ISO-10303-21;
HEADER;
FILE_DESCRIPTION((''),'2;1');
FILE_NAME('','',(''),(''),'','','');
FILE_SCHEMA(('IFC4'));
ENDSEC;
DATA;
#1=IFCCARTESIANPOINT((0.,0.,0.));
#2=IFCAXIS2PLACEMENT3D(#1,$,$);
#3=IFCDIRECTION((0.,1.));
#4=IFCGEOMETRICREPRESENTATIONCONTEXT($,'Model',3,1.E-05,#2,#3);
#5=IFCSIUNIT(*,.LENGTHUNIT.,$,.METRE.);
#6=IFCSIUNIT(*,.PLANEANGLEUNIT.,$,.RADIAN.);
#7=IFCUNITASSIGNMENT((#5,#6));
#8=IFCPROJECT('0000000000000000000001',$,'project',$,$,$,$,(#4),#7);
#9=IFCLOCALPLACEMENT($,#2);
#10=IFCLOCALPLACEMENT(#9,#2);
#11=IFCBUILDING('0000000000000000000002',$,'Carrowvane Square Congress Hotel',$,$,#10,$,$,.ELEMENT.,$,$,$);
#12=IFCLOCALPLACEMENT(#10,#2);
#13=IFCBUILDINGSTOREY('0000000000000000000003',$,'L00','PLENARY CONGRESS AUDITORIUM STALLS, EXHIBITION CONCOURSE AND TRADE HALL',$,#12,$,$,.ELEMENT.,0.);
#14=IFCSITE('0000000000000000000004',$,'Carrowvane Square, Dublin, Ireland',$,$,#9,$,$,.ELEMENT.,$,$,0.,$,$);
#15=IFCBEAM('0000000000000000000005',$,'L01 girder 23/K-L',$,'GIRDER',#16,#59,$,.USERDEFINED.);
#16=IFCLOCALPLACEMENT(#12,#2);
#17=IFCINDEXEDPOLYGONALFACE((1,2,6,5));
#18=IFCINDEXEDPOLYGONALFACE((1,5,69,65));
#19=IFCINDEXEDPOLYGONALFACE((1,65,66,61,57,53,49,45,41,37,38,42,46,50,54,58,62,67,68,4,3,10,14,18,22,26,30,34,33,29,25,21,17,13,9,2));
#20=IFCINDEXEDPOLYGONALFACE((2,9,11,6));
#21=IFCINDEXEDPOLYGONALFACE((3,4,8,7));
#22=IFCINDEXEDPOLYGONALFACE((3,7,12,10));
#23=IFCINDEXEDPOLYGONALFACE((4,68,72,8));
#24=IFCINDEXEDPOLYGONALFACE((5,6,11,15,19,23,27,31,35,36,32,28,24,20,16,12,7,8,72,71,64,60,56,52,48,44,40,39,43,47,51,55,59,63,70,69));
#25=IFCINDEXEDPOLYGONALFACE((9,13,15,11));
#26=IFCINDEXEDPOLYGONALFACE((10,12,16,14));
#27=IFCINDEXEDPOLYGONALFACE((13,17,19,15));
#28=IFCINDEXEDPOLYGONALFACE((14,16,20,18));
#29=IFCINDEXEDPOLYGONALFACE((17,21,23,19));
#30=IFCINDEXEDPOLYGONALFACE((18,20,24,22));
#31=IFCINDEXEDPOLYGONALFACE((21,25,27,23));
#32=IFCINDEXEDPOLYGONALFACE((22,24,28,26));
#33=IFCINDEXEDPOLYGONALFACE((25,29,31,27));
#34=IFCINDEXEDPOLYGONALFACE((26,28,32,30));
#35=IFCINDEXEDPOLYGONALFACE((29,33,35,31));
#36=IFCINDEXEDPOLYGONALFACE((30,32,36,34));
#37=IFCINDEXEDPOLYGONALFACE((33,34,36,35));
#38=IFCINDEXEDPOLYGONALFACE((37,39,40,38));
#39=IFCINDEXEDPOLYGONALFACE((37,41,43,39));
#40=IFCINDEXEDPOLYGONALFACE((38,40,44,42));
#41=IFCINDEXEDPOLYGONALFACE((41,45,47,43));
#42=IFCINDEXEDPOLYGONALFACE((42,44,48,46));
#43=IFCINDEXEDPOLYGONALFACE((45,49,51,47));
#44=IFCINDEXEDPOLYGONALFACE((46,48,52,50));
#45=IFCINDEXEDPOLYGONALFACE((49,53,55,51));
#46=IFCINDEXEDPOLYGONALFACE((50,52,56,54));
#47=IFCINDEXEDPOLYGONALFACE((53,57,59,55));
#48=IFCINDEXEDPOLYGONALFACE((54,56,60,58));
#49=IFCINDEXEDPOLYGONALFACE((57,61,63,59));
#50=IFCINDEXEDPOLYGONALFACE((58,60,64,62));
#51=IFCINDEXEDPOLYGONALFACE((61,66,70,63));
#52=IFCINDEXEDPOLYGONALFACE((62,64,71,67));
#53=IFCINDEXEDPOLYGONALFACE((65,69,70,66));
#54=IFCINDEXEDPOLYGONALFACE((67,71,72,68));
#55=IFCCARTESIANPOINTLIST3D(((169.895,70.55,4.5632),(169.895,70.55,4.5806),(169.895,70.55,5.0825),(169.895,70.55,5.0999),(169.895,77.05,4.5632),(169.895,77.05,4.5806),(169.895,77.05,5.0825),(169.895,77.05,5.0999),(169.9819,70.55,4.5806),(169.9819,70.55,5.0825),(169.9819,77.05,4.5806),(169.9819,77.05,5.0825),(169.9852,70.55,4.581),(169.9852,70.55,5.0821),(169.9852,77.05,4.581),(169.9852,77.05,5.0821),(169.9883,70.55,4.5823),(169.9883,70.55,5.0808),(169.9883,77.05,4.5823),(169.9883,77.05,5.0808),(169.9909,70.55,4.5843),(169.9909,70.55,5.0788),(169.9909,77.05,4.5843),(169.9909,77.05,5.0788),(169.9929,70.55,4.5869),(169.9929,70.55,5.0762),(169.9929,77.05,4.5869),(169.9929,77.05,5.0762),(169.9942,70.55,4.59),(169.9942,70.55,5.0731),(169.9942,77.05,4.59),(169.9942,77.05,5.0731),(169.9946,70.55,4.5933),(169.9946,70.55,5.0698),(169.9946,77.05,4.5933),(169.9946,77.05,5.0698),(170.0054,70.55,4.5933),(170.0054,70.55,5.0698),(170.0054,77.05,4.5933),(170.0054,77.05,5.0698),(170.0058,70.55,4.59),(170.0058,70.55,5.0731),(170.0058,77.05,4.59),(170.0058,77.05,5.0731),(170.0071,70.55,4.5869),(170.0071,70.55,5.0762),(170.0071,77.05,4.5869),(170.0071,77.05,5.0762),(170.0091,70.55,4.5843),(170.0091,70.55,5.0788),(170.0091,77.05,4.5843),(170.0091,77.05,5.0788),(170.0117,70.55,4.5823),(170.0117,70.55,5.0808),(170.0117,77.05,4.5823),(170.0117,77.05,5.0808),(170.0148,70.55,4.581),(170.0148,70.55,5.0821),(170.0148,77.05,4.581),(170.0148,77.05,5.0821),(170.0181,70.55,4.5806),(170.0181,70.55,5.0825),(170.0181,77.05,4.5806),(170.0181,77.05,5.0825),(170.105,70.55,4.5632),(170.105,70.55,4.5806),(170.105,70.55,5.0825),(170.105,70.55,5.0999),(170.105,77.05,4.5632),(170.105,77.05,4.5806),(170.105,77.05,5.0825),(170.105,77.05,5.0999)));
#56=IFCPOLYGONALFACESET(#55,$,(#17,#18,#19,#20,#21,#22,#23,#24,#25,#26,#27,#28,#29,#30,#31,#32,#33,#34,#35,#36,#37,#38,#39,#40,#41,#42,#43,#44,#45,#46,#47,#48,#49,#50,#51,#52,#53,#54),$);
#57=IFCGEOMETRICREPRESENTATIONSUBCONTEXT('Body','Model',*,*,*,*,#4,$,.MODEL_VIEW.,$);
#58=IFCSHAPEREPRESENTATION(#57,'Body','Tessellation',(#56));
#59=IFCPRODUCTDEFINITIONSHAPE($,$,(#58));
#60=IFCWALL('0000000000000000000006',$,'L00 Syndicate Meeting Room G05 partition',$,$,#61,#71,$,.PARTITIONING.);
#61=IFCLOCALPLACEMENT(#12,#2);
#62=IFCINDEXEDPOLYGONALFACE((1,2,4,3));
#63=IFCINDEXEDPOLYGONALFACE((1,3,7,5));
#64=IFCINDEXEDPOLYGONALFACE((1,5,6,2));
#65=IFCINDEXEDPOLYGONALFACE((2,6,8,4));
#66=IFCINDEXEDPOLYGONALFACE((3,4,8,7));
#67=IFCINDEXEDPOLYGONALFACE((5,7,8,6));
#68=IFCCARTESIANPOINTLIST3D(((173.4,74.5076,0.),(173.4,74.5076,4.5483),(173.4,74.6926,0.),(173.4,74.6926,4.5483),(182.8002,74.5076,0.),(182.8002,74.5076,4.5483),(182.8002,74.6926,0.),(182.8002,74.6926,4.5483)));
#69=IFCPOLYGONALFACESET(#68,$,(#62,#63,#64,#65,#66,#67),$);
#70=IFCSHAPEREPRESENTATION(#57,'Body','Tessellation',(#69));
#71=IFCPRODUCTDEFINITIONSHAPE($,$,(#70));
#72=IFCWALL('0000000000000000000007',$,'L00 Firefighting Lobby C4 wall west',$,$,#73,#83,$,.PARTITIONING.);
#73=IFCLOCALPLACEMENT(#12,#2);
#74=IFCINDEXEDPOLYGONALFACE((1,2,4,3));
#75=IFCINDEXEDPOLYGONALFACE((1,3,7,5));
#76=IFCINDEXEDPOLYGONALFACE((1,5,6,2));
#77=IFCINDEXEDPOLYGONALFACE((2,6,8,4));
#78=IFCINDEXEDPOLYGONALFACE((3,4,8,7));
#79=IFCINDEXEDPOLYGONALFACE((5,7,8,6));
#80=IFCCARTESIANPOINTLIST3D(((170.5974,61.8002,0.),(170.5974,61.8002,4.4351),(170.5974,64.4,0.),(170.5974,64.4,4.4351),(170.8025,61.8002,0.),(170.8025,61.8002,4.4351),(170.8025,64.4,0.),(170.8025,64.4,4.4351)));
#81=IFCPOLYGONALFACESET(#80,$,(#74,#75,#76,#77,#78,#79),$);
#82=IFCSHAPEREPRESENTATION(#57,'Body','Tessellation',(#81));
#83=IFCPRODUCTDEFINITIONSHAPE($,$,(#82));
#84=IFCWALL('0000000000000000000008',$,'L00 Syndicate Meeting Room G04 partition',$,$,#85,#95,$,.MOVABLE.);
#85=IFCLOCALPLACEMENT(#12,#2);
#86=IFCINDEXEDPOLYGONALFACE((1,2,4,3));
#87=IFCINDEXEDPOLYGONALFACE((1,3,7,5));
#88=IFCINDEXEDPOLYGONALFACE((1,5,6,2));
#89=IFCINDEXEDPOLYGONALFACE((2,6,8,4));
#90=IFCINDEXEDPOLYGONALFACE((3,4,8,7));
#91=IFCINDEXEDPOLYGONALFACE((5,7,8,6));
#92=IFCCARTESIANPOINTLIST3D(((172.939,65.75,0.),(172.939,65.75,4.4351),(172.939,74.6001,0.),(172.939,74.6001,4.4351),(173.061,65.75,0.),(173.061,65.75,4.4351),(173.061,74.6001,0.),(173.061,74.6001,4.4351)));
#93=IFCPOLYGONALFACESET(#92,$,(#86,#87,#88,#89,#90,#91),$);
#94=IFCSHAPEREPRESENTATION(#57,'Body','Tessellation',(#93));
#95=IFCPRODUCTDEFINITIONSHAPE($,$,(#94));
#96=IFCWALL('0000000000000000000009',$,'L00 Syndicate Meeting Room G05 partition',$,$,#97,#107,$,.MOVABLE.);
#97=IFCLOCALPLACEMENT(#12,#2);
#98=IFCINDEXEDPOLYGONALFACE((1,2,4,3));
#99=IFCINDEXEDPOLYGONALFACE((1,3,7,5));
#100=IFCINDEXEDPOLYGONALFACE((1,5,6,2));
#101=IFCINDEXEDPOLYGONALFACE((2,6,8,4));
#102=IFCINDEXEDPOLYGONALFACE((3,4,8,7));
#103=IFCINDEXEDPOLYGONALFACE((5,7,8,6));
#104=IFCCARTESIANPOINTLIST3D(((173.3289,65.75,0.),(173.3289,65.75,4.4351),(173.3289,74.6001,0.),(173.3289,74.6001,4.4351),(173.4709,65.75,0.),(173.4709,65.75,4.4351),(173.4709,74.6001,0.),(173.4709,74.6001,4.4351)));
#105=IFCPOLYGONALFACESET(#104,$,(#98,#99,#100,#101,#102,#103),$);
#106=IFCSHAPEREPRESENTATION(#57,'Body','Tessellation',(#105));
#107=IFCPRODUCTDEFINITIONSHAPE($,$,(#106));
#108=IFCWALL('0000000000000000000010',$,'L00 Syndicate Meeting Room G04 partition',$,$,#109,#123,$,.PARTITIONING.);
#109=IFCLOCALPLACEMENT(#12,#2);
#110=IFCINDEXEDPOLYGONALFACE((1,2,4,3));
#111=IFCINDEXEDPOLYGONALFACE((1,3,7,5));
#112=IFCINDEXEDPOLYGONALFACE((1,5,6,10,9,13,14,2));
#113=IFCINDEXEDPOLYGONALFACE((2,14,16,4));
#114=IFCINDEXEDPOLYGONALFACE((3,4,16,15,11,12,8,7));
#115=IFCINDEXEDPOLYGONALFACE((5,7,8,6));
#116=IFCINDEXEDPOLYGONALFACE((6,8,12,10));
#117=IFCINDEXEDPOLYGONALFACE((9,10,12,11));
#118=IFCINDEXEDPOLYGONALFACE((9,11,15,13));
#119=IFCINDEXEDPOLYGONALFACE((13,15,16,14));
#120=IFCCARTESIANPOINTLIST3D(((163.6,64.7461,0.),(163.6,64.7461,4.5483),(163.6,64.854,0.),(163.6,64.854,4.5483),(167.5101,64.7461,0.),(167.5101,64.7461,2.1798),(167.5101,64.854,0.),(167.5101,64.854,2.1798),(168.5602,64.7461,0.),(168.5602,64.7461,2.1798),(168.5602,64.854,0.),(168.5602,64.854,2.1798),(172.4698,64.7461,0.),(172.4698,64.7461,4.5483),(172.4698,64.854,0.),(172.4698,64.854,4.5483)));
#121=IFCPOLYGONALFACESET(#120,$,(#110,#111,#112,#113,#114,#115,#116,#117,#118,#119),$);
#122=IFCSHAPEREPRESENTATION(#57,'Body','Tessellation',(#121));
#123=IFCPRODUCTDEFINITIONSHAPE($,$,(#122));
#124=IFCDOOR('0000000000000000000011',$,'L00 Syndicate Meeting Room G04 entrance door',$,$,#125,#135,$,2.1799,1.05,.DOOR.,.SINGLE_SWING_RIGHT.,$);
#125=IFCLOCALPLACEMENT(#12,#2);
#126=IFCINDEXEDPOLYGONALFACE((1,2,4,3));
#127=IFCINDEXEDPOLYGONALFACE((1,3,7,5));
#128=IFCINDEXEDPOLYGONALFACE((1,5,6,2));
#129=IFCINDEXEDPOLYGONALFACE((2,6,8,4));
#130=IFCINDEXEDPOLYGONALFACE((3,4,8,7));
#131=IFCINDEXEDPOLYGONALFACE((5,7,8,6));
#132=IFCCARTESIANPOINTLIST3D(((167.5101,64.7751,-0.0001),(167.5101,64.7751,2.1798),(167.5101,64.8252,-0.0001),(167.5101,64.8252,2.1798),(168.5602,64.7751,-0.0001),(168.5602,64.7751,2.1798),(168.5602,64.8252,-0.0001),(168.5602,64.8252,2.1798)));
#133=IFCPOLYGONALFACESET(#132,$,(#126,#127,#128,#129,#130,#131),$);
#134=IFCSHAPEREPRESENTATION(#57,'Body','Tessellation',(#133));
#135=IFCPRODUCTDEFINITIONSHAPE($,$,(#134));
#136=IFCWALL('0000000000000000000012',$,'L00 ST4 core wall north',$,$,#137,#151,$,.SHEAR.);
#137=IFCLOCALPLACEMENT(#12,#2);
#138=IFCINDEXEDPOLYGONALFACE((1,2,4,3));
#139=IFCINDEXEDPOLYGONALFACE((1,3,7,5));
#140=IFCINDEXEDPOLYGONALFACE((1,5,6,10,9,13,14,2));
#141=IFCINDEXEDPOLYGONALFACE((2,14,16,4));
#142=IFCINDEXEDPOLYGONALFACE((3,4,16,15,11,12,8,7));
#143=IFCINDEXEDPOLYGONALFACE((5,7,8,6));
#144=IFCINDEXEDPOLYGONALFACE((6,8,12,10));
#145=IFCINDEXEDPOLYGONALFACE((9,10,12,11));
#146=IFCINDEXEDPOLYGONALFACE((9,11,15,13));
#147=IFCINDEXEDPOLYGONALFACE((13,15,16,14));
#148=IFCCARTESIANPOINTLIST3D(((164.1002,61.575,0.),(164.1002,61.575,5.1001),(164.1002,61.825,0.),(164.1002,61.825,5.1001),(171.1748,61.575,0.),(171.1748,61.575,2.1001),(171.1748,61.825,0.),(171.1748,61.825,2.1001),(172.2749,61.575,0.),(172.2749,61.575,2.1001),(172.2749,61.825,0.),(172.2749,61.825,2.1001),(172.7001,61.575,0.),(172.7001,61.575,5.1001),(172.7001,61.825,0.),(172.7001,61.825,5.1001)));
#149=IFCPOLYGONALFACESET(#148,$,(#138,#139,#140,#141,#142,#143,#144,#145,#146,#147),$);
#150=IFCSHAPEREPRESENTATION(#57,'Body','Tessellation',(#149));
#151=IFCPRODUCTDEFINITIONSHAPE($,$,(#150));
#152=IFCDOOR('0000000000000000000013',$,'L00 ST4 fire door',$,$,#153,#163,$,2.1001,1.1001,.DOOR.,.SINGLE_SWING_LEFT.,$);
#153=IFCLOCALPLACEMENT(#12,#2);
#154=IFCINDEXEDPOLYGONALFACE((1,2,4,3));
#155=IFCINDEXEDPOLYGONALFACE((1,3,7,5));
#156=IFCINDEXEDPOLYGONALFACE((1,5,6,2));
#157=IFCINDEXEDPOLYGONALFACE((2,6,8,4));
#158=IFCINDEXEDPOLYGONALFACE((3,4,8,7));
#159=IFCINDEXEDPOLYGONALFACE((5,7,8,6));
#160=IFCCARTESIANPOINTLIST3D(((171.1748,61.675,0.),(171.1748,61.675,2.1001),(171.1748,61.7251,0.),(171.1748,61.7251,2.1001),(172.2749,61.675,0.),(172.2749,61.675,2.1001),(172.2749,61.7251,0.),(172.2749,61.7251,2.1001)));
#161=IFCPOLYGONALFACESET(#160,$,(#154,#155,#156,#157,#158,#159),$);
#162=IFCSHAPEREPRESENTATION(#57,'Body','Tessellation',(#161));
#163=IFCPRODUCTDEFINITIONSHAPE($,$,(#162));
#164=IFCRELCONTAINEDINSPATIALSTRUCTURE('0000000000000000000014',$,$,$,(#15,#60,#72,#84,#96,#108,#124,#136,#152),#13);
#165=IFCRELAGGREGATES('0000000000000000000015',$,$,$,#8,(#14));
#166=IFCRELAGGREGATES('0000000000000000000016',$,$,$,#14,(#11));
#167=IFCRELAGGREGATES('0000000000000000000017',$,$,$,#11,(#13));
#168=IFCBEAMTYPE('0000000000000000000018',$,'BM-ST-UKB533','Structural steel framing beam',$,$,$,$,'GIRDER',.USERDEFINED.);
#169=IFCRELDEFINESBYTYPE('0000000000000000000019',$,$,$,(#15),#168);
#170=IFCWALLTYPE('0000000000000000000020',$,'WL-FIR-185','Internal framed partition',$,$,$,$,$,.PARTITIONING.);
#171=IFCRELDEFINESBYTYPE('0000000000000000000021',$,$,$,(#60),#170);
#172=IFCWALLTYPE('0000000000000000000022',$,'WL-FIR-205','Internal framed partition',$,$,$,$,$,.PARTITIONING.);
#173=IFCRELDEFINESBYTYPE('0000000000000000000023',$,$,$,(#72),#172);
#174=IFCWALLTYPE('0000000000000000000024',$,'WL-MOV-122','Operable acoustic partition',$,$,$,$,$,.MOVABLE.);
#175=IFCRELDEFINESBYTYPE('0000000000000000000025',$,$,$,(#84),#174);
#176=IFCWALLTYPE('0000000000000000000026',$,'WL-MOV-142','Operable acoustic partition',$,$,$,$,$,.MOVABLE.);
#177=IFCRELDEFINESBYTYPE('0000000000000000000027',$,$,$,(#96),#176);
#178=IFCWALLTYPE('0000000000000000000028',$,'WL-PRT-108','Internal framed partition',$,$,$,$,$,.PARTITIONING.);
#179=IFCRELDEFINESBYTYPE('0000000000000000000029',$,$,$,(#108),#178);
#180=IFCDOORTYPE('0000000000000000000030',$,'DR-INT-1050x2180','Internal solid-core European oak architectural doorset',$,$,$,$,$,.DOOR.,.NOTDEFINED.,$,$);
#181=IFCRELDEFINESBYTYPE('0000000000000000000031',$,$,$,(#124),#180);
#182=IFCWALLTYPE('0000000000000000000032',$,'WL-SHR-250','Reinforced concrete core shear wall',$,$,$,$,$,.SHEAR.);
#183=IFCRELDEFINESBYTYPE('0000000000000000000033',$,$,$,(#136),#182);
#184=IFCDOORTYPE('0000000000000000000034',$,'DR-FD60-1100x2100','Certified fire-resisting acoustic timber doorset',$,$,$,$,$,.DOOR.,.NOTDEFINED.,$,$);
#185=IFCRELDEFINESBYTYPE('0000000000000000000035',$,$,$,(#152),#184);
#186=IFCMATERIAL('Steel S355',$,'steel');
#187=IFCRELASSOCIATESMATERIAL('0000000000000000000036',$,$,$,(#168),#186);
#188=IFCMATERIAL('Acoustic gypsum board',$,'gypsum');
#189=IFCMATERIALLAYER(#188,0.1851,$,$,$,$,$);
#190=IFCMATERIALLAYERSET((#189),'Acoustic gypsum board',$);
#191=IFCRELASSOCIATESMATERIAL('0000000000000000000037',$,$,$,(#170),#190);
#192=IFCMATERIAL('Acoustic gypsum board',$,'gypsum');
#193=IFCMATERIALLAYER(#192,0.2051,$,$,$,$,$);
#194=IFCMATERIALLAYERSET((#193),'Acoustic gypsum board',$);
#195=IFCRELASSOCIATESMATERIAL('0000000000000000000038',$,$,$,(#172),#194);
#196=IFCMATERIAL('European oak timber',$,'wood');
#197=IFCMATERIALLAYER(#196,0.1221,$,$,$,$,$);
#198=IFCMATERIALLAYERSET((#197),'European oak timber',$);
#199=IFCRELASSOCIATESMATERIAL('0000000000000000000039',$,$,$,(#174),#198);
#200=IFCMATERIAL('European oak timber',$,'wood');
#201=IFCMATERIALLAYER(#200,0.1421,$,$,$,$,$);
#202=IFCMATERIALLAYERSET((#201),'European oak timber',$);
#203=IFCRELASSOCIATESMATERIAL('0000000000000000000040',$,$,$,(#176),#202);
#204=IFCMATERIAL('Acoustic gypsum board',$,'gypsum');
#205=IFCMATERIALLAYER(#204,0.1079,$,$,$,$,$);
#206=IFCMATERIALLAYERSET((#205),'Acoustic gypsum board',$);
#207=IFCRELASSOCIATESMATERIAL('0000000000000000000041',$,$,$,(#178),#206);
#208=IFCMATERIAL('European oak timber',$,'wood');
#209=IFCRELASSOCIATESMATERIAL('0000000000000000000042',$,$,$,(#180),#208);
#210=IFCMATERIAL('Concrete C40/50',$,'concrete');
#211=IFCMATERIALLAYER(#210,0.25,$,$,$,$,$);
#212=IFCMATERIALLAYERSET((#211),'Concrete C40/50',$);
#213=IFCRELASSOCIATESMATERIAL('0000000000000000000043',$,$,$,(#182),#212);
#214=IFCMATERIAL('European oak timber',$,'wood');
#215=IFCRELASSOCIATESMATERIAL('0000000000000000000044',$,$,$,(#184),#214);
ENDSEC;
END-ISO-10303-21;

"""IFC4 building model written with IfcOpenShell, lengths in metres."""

from ifc_helpers import new_model, si_unit, direction, frame, frame_2d, origin, origin_2d, place, context, subcontext, project, spatial, rectangle, i_section, extrude, material, layer, layer_set, material_profile, profile_set, type_object, element, fill, save


model = new_model("IFC4")

# Units and contexts
model_context = context("Model", 3, precision=1e-05, world=origin(), true_north=direction((0.0, 1.0)))
body_context = subcontext(model_context, "Body", "Model", "MODEL_VIEW")
ifc_project = project(units=[si_unit("LENGTHUNIT", "METRE"), si_unit("PLANEANGLEUNIT", "RADIAN")], contexts=[model_context])

# Site, building, storey
site_placement = place(None, origin())
site = spatial("IfcSite", under=ifc_project, at=site_placement, Name="Carrowvane Square, Dublin, Ireland", CompositionType="ELEMENT", RefElevation=0.0)
building_placement = place(site_placement, origin())
building = spatial("IfcBuilding", under=site, at=building_placement, Name="Carrowvane Square Congress Hotel", CompositionType="ELEMENT")
storey_placement = place(building_placement, origin())
storey = spatial("IfcBuildingStorey", under=building, at=storey_placement, Name="L00", Description="PLENARY CONGRESS AUDITORIUM STALLS, EXHIBITION CONCOURSE AND TRADE HALL", CompositionType="ELEMENT", Elevation=0.0)

# Beam
ifc_material_1 = material(Name="Steel S355", Category="steel")
ifc_material_profile_1 = material_profile(ifc_material_1, i_section(OverallWidth=0.21, OverallDepth=0.5366, WebThickness=0.0107, FlangeThickness=0.0173, FilletRadius=0.0127, at=origin_2d()), Name="UKB 533x210x101")
ifc_profile_set_1 = profile_set([ifc_material_profile_1], Name="Steel S355")
beam_type_1 = type_object("IfcBeamType", Name="BM-ST-UKB533", Description="Structural steel framing beam", ElementType="GIRDER", PredefinedType="USERDEFINED", material=ifc_profile_set_1)
for number, where, z_axis, x_axis, name in (
    (1, (170.0, 70.55, 4.8315), (0.0, 1.0, 0.0), (-1.0, 0.0, 0.0), "L01 girder 23/K-L"),
):
    element("IfcBeam", number, at=place(storey_placement, frame(where, z_axis=z_axis, x_axis=x_axis)), inside=storey, type_object=beam_type_1, Name=name, ObjectType="GIRDER", PredefinedType="USERDEFINED", context=body_context, shape_type="SweptSolid", body=[
        extrude(i_section(OverallWidth=0.21, OverallDepth=0.5366, WebThickness=0.0107, FlangeThickness=0.0173, FilletRadius=0.0127, at=origin_2d()), origin(), (0.0, 0.0, 1.0), 6.5),
    ])

# Walls
ifc_material_2 = material(Name="Acoustic gypsum board", Category="gypsum")
ifc_layer_1 = layer(ifc_material_2, 0.1851)
ifc_layer_set_1 = layer_set([ifc_layer_1], Name="Acoustic gypsum board")
wall_type_1 = type_object("IfcWallType", Name="WL-FIR-185", Description="Internal framed partition", PredefinedType="PARTITIONING", material=ifc_layer_set_1)
wall_1_placement = place(storey_placement, frame((173.3999, 74.6001, 0.0), z_axis=(0.0, 0.0, 1.0), x_axis=(1.0, 0.0, 0.0)))
element("IfcWall", 2, at=wall_1_placement, inside=storey, type_object=wall_type_1, Name="L00 Syndicate Meeting Room G05 partition", PredefinedType="PARTITIONING", context=body_context, shape_type="SweptSolid", body=[
    extrude(rectangle(XDim=9.4001, YDim=0.1851, at=frame_2d((4.7002, 0.0))), origin(), (0.0, 0.0, 1.0), 4.5483),
])
ifc_material_3 = material(Name="Acoustic gypsum board", Category="gypsum")
ifc_layer_2 = layer(ifc_material_3, 0.2051)
ifc_layer_set_2 = layer_set([ifc_layer_2], Name="Acoustic gypsum board")
wall_type_2 = type_object("IfcWallType", Name="WL-FIR-205", Description="Internal framed partition", PredefinedType="PARTITIONING", material=ifc_layer_set_2)
wall_2_placement = place(storey_placement, frame((170.7, 64.3999, 0.0), z_axis=(0.0, 0.0, 1.0), x_axis=(0.0, -1.0, 0.0)))
element("IfcWall", 3, at=wall_2_placement, inside=storey, type_object=wall_type_2, Name="L00 Firefighting Lobby C4 wall west", PredefinedType="PARTITIONING", context=body_context, shape_type="SweptSolid", body=[
    extrude(rectangle(XDim=2.5999, YDim=0.2051, at=frame_2d((1.2998, 0.0))), origin(), (0.0, 0.0, 1.0), 4.4351),
])
ifc_material_4 = material(Name="European oak timber", Category="wood")
ifc_layer_3 = layer(ifc_material_4, 0.1221)
ifc_layer_set_3 = layer_set([ifc_layer_3], Name="European oak timber")
wall_type_3 = type_object("IfcWallType", Name="WL-MOV-122", Description="Operable acoustic partition", PredefinedType="MOVABLE", material=ifc_layer_set_3)
wall_3_placement = place(storey_placement, frame((173.0, 74.6001, 0.0), z_axis=(0.0, 0.0, 1.0), x_axis=(0.0, -1.0, 0.0)))
element("IfcWall", 4, at=wall_3_placement, inside=storey, type_object=wall_type_3, Name="L00 Syndicate Meeting Room G04 partition", PredefinedType="MOVABLE", context=body_context, shape_type="SweptSolid", body=[
    extrude(rectangle(XDim=8.8501, YDim=0.1221, at=frame_2d((4.425, 0.0))), origin(), (0.0, 0.0, 1.0), 4.4351),
])
ifc_material_5 = material(Name="European oak timber", Category="wood")
ifc_layer_4 = layer(ifc_material_5, 0.1421)
ifc_layer_set_4 = layer_set([ifc_layer_4], Name="European oak timber")
wall_type_4 = type_object("IfcWallType", Name="WL-MOV-142", Description="Operable acoustic partition", PredefinedType="MOVABLE", material=ifc_layer_set_4)
wall_4_placement = place(storey_placement, frame((173.3999, 65.75, 0.0), z_axis=(0.0, 0.0, 1.0), x_axis=(0.0, 1.0, 0.0)))
element("IfcWall", 5, at=wall_4_placement, inside=storey, type_object=wall_type_4, Name="L00 Syndicate Meeting Room G05 partition", PredefinedType="MOVABLE", context=body_context, shape_type="SweptSolid", body=[
    extrude(rectangle(XDim=8.8501, YDim=0.1421, at=frame_2d((4.425, 0.0))), origin(), (0.0, 0.0, 1.0), 4.4351),
])

# Walls, openings, doors
ifc_material_6 = material(Name="Acoustic gypsum board", Category="gypsum")
ifc_layer_5 = layer(ifc_material_6, 0.1079)
ifc_layer_set_5 = layer_set([ifc_layer_5], Name="Acoustic gypsum board")
wall_type_5 = type_object("IfcWallType", Name="WL-PRT-108", Description="Internal framed partition", PredefinedType="PARTITIONING", material=ifc_layer_set_5)
wall_5_placement = place(storey_placement, frame((172.47, 64.8, 0.0), z_axis=(0.0, 0.0, 1.0), x_axis=(-1.0, 0.0, 0.0)))
wall_5 = element("IfcWall", 6, at=wall_5_placement, inside=storey, type_object=wall_type_5, Name="L00 Syndicate Meeting Room G04 partition", PredefinedType="PARTITIONING", context=body_context, shape_type="SweptSolid", body=[
    extrude(rectangle(XDim=8.8699, YDim=0.1079, at=frame_2d((4.4351, 0.0))), origin(), (0.0, 0.0, 1.0), 4.5483),
])
opening_1_placement = place(wall_5_placement, frame((3.9099, 0.0, 0.0)))
opening_1 = element("IfcOpeningElement", 7, at=opening_1_placement, cuts=wall_5, PredefinedType="OPENING", context=body_context, shape_type="SweptSolid", body=[
    extrude(rectangle(XDim=1.05, YDim=2.1799, at=frame_2d((0.5249, 1.0898))), frame((0.0, 0.064, 0.0), z_axis=(0.0, -1.0, 0.0), x_axis=(1.0, 0.0, 0.0)), (0.0, 0.0, 1.0), 0.1279),
])
ifc_material_7 = material(Name="European oak timber", Category="wood")
door_type_1 = type_object("IfcDoorType", Name="DR-INT-1050x2180", Description="Internal solid-core European oak architectural doorset", OperationType="NOTDEFINED", PredefinedType="DOOR", material=ifc_material_7)
door_1_placement = place(opening_1_placement, origin())
door_1 = element("IfcDoor", 8, at=door_1_placement, inside=storey, type_object=door_type_1, Name="L00 Syndicate Meeting Room G04 entrance door", OperationType="SINGLE_SWING_RIGHT", OverallHeight=2.1799, OverallWidth=1.05, PredefinedType="DOOR", context=body_context, shape_type="SweptSolid", body=[
    extrude(rectangle(XDim=1.05, YDim=2.1799, at=frame_2d((0.5249, 1.0898))), frame((0.0, 0.0249, 0.0), z_axis=(0.0, -1.0, 0.0), x_axis=(1.0, 0.0, 0.0)), (0.0, 0.0, 1.0), 0.05),
])
fill(opening_1, door_1)
ifc_material_8 = material(Name="Concrete C40/50", Category="concrete")
ifc_layer_6 = layer(ifc_material_8, 0.25)
ifc_layer_set_6 = layer_set([ifc_layer_6], Name="Concrete C40/50")
wall_type_6 = type_object("IfcWallType", Name="WL-SHR-250", Description="Reinforced concrete core shear wall", PredefinedType="SHEAR", material=ifc_layer_set_6)
wall_6_placement = place(storey_placement, frame((172.7, 61.7, 0.0), z_axis=(0.0, 0.0, 1.0), x_axis=(-1.0, 0.0, 0.0)))
wall_6 = element("IfcWall", 9, at=wall_6_placement, inside=storey, type_object=wall_type_6, Name="L00 ST4 core wall north", PredefinedType="SHEAR", context=body_context, shape_type="SweptSolid", body=[
    extrude(rectangle(XDim=8.5999, YDim=0.25, at=frame_2d((4.2998, 0.0))), origin(), (0.0, 0.0, 1.0), 5.1001),
])
opening_2_placement = place(wall_6_placement, frame((0.425, 0.0, 0.0)))
opening_2 = element("IfcOpeningElement", 10, at=opening_2_placement, cuts=wall_6, PredefinedType="OPENING", context=body_context, shape_type="SweptSolid", body=[
    extrude(rectangle(XDim=1.1001, YDim=2.1001, at=frame_2d((0.55, 1.05))), frame((0.0, 0.135, 0.0), z_axis=(0.0, -1.0, 0.0), x_axis=(1.0, 0.0, 0.0)), (0.0, 0.0, 1.0), 0.27),
])
ifc_material_9 = material(Name="European oak timber", Category="wood")
door_type_2 = type_object("IfcDoorType", Name="DR-FD60-1100x2100", Description="Certified fire-resisting acoustic timber doorset", OperationType="NOTDEFINED", PredefinedType="DOOR", material=ifc_material_9)
door_2_placement = place(opening_2_placement, origin())
door_2 = element("IfcDoor", 11, at=door_2_placement, inside=storey, type_object=door_type_2, Name="L00 ST4 fire door", OperationType="SINGLE_SWING_LEFT", OverallHeight=2.1001, OverallWidth=1.1001, PredefinedType="DOOR", context=body_context, shape_type="SweptSolid", body=[
    extrude(rectangle(XDim=1.1001, YDim=2.1001, at=frame_2d((0.55, 1.05))), frame((0.0, 0.0249, 0.0), z_axis=(0.0, -1.0, 0.0), x_axis=(1.0, 0.0, 0.0)), (0.0, 0.0, 1.0), 0.05),
])
fill(opening_2, door_2)

save(model, "model.ifc")
